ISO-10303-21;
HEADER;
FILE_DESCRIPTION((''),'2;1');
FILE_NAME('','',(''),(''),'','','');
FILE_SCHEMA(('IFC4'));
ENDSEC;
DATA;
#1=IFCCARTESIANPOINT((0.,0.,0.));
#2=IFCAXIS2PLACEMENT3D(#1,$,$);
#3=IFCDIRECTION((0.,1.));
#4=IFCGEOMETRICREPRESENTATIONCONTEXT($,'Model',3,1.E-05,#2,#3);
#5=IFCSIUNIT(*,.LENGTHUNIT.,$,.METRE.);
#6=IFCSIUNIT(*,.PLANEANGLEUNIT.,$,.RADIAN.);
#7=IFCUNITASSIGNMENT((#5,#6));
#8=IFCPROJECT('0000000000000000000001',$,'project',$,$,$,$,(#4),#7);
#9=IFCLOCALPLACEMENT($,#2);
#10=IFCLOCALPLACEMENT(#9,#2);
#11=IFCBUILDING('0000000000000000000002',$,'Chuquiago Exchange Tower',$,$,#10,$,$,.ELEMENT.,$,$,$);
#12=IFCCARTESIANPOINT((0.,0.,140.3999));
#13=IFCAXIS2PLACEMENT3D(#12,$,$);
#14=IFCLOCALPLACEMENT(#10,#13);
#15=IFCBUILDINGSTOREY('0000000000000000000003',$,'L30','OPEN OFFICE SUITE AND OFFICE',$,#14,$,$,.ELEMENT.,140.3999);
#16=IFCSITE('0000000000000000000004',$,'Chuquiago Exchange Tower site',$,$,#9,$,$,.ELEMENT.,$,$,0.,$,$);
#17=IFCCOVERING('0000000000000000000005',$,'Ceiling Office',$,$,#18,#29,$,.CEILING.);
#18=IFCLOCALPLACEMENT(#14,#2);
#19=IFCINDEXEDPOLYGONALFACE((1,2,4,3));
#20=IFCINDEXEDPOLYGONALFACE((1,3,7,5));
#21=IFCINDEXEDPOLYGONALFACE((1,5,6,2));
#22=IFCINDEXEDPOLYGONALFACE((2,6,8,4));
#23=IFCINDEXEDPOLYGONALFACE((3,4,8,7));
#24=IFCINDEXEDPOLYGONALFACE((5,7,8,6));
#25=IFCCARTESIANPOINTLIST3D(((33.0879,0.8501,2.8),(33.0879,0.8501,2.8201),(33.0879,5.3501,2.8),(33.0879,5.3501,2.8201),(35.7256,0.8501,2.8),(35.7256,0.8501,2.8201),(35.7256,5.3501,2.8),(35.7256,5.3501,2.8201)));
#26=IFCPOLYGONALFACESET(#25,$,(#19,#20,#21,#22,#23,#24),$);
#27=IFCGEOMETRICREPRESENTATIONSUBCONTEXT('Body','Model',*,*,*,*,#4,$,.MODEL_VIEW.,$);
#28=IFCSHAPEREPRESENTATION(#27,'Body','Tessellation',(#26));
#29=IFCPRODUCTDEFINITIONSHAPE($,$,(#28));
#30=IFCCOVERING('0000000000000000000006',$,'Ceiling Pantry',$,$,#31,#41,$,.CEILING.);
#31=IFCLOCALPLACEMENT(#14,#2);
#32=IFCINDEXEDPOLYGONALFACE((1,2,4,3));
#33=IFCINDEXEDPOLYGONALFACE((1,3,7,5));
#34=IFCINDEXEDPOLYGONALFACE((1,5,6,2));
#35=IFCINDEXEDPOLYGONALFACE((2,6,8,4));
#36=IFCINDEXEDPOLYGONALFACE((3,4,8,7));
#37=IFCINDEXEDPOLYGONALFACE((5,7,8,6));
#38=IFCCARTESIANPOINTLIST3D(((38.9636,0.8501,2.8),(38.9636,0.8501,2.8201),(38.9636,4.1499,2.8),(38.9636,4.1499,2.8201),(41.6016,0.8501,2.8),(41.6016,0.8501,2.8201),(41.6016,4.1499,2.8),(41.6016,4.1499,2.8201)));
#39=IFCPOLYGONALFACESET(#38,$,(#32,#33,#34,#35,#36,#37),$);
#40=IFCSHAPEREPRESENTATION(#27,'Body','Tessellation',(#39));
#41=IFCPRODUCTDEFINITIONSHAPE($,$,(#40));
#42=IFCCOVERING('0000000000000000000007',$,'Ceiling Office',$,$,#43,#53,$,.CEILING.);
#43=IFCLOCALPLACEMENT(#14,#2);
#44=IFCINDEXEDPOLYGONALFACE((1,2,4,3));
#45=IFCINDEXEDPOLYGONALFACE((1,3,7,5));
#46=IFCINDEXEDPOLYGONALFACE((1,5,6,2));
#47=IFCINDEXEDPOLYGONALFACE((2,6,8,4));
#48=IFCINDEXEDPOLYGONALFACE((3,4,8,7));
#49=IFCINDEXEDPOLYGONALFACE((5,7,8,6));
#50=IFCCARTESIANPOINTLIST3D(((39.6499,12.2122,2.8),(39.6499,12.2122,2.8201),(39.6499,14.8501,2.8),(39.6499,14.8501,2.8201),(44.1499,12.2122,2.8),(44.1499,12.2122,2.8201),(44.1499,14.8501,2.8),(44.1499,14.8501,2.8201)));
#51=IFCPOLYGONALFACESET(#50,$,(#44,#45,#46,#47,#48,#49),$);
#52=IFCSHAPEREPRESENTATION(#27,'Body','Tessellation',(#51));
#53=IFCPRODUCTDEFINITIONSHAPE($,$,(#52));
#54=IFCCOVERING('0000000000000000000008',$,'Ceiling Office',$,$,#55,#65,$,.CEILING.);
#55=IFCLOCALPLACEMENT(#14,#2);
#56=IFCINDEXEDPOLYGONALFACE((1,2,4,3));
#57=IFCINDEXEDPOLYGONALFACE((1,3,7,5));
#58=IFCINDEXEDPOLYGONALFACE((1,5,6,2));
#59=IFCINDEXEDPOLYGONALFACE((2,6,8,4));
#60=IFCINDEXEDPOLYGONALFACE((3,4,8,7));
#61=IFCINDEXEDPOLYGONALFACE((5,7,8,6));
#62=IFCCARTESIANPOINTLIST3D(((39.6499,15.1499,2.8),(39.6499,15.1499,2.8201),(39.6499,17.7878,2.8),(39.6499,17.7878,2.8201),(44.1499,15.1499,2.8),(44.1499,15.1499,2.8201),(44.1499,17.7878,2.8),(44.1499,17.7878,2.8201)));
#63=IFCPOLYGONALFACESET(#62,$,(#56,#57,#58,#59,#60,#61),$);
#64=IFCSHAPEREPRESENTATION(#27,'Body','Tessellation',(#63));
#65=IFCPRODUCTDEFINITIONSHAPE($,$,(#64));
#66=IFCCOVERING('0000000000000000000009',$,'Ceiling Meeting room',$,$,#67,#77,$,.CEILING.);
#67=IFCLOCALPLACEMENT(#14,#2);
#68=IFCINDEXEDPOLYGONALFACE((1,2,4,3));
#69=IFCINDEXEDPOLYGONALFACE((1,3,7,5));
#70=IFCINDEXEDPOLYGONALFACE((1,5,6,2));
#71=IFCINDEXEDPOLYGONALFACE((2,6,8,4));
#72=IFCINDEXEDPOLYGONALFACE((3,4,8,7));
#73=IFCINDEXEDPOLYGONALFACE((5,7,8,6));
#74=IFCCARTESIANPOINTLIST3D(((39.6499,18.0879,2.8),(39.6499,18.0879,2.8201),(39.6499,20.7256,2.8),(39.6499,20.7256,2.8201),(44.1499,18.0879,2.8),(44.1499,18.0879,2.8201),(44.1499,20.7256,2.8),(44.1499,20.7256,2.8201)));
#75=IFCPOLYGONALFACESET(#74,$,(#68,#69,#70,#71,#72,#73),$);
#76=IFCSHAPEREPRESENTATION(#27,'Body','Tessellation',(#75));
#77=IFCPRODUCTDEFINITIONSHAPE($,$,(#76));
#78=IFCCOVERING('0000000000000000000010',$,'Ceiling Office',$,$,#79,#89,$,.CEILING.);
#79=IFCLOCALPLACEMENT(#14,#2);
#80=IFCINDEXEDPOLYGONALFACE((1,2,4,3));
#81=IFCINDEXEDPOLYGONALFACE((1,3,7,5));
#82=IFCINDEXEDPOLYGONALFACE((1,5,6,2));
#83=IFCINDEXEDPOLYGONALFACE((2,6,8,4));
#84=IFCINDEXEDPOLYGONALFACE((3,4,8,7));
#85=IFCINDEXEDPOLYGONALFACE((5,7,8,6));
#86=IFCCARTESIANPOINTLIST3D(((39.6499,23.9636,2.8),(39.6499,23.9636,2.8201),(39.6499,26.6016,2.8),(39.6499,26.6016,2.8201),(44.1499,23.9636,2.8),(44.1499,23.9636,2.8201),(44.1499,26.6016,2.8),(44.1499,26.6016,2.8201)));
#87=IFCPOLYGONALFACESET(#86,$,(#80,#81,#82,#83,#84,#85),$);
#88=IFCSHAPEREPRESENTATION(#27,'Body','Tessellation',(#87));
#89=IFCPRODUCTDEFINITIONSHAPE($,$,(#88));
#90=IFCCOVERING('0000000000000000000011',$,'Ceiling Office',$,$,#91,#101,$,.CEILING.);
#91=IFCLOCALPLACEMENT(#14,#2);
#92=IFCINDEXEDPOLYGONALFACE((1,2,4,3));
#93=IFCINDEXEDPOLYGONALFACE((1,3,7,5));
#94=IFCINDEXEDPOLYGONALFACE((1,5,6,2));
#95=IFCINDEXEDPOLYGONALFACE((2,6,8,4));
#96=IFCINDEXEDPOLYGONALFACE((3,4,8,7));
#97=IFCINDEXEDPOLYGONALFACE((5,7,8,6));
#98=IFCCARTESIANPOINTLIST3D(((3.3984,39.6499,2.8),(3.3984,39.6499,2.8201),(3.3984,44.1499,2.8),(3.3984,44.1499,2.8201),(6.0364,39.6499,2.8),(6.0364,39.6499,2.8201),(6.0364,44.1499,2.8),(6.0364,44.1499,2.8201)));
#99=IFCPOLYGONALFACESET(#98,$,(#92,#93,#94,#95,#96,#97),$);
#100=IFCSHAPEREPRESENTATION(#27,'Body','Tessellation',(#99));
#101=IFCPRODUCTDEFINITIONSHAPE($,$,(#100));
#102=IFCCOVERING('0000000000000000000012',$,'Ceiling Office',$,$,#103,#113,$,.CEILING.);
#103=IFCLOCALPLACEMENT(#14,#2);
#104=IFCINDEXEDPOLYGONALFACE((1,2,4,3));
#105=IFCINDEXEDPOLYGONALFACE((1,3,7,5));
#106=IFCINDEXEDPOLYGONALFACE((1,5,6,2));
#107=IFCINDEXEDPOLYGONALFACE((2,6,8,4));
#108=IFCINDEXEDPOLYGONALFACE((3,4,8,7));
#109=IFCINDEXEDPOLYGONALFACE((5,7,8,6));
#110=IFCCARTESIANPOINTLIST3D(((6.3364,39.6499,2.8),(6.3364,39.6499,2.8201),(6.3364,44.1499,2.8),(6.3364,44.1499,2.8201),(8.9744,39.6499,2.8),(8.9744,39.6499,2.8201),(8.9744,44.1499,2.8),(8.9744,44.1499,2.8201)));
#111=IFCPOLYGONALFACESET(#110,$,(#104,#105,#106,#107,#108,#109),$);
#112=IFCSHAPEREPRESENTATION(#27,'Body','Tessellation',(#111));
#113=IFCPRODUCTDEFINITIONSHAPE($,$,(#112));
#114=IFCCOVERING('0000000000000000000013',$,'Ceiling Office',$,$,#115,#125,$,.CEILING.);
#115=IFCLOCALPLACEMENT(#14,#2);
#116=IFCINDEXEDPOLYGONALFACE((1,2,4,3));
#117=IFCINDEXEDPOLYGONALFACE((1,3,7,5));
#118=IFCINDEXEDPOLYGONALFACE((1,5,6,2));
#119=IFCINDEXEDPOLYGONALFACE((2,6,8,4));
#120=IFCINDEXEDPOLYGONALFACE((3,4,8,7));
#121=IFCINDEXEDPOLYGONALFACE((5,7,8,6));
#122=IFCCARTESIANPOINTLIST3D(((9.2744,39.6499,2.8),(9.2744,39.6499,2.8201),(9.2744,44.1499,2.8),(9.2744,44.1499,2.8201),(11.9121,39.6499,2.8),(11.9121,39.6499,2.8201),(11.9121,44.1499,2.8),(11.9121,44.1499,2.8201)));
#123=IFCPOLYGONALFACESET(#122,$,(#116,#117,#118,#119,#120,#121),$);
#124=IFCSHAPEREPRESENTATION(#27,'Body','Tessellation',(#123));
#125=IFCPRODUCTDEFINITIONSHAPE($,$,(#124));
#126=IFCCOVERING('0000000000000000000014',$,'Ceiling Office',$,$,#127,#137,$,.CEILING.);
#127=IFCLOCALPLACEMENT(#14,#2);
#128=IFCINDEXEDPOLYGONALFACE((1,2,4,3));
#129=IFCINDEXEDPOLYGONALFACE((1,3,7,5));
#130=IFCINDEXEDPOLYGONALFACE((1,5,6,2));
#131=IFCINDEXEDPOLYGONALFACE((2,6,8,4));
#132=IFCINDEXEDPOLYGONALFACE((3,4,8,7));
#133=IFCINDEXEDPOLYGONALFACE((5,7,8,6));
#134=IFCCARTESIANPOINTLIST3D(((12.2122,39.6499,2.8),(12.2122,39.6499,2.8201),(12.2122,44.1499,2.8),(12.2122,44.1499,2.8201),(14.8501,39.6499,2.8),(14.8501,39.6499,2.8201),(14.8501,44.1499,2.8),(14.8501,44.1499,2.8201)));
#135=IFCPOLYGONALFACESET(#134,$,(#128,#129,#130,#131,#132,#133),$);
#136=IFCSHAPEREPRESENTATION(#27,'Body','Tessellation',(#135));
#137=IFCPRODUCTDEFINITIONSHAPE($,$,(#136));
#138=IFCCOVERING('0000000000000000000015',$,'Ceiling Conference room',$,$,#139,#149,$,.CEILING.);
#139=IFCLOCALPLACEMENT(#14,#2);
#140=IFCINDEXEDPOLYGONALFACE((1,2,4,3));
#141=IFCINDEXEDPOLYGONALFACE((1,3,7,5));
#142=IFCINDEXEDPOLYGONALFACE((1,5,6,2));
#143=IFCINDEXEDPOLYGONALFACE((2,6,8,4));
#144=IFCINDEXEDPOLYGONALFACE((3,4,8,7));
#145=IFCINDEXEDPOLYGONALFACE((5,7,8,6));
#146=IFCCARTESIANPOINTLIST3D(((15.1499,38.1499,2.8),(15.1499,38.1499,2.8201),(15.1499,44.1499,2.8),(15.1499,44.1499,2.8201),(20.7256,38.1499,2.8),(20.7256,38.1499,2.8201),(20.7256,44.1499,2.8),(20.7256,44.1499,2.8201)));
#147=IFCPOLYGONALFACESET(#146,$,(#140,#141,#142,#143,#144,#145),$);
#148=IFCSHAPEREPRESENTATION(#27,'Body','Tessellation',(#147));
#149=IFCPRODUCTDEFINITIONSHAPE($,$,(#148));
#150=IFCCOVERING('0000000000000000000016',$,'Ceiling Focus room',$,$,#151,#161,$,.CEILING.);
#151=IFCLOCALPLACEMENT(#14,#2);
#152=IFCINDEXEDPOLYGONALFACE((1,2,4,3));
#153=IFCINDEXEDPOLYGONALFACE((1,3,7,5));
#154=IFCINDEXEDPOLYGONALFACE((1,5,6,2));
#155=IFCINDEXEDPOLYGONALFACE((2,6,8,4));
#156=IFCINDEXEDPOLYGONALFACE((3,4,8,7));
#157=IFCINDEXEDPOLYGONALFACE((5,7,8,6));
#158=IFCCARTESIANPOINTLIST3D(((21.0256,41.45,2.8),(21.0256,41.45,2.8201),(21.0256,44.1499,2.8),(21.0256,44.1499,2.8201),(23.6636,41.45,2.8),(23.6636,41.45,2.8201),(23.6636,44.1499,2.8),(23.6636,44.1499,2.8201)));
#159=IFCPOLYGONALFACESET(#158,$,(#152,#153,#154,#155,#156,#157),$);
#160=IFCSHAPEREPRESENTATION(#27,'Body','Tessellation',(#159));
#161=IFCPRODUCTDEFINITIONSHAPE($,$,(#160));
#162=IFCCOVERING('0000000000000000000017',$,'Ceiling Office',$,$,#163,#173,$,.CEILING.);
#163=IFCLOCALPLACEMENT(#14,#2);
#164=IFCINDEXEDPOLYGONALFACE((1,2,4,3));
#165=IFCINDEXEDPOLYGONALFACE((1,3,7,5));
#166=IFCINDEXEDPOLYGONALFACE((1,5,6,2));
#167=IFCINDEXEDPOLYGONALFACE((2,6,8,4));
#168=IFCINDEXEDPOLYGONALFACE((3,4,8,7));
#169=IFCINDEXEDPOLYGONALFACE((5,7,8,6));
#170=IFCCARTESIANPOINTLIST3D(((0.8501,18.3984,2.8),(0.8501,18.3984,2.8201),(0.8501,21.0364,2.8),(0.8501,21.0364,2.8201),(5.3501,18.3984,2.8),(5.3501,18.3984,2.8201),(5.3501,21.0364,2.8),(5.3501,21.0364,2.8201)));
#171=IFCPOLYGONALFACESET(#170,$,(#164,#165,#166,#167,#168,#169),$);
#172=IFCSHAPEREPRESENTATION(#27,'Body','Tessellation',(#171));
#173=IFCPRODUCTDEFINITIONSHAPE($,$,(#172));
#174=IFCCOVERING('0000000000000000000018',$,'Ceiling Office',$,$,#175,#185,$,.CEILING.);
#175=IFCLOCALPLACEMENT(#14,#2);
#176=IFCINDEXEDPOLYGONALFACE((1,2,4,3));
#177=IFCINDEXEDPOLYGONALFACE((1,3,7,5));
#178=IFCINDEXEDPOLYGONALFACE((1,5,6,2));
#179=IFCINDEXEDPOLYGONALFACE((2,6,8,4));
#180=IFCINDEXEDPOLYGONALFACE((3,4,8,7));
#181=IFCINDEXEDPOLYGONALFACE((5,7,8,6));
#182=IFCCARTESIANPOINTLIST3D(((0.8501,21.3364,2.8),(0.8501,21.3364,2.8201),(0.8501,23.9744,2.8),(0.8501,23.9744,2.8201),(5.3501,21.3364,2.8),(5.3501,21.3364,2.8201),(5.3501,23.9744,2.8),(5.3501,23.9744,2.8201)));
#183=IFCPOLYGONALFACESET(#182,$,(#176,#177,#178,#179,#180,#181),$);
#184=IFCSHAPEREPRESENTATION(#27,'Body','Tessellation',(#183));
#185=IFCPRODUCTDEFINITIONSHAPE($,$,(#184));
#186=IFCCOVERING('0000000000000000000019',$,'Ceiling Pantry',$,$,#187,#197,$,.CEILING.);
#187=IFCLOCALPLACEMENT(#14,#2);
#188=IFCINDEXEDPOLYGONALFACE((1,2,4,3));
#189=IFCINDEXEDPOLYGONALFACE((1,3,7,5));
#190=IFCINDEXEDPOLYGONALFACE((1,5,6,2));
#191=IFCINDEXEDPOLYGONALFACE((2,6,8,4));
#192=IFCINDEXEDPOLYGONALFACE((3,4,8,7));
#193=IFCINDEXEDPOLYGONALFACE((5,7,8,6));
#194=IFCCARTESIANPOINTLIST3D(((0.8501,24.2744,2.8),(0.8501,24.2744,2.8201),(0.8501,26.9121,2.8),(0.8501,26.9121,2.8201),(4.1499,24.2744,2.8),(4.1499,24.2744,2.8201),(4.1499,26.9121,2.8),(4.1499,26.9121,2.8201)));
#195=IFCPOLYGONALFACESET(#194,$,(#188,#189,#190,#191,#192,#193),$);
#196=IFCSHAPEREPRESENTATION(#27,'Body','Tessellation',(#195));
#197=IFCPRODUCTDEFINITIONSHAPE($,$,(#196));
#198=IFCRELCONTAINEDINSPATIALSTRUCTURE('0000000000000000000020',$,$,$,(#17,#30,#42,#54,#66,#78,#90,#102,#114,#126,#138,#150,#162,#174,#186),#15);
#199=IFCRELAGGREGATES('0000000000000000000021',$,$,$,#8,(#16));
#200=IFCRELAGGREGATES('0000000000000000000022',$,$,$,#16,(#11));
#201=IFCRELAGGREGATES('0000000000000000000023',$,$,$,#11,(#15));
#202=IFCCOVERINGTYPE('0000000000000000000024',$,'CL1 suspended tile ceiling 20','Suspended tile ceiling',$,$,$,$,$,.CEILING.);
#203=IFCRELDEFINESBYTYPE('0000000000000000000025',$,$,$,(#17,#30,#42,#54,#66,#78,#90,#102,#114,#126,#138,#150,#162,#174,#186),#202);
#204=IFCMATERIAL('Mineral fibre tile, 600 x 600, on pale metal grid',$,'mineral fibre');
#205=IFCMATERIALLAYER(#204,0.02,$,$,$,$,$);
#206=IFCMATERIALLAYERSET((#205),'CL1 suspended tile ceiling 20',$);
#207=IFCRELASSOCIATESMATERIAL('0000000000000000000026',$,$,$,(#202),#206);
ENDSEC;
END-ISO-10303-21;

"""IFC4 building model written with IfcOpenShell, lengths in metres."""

from ifc_helpers import new_model, si_unit, direction, frame, origin, place, context, subcontext, project, spatial, polyline, outline, extrude, material, layer, layer_set, type_object, element, save


model = new_model("IFC4")

# Units and contexts
model_context = context("Model", 3, precision=1e-05, world=origin(), true_north=direction((0.0, 1.0)))
body_context = subcontext(model_context, "Body", "Model", "MODEL_VIEW")
ifc_project = project(units=[si_unit("LENGTHUNIT", "METRE"), si_unit("PLANEANGLEUNIT", "RADIAN")], contexts=[model_context])

# Site, building, storey
site_placement = place(None, origin())
site = spatial("IfcSite", under=ifc_project, at=site_placement, Name="Chuquiago Exchange Tower site", CompositionType="ELEMENT", RefElevation=0.0)
building_placement = place(site_placement, origin())
building = spatial("IfcBuilding", under=site, at=building_placement, Name="Chuquiago Exchange Tower", CompositionType="ELEMENT")
storey_placement = place(building_placement, frame((0.0, 0.0, 140.3999)))
storey = spatial("IfcBuildingStorey", under=building, at=storey_placement, Name="L30", Description="OPEN OFFICE SUITE AND OFFICE", CompositionType="ELEMENT", Elevation=140.3999)

# Coverings
ifc_material_1 = material(Name="Mineral fibre tile, 600 x 600, on pale metal grid", Category="mineral fibre")
ifc_layer_1 = layer(ifc_material_1, 0.02)
ifc_layer_set_1 = layer_set([ifc_layer_1], Name="CL1 suspended tile ceiling 20")
covering_type_1 = type_object("IfcCoveringType", Name="CL1 suspended tile ceiling 20", Description="Suspended tile ceiling", PredefinedType="CEILING", material=ifc_layer_set_1)
covering_1_placement = place(storey_placement, frame((0.0, 0.0, 2.8)))
element("IfcCovering", 1, at=covering_1_placement, inside=storey, type_object=covering_type_1, Name="Ceiling Office", PredefinedType="CEILING", context=body_context, shape_type="SweptSolid", body=[
    extrude(outline(polyline([(33.0879, 5.3501), (35.7256, 5.3501), (35.7256, 0.8501), (33.0879, 0.8501), (33.0879, 5.3501)])), origin(), (0.0, 0.0, 1.0), 0.02),
])
covering_2_placement = place(storey_placement, frame((0.0, 0.0, 2.8)))
element("IfcCovering", 2, at=covering_2_placement, inside=storey, type_object=covering_type_1, Name="Ceiling Pantry", PredefinedType="CEILING", context=body_context, shape_type="SweptSolid", body=[
    extrude(outline(polyline([(38.9636, 0.8501), (38.9636, 4.1499), (41.6016, 4.1499), (41.6016, 0.8501), (38.9636, 0.8501)])), origin(), (0.0, 0.0, 1.0), 0.02),
])
covering_3_placement = place(storey_placement, frame((0.0, 0.0, 2.8)))
element("IfcCovering", 3, at=covering_3_placement, inside=storey, type_object=covering_type_1, Name="Ceiling Office", PredefinedType="CEILING", context=body_context, shape_type="SweptSolid", body=[
    extrude(outline(polyline([(39.6499, 12.2122), (39.6499, 14.8501), (44.1499, 14.8501), (44.1499, 12.2122), (39.6499, 12.2122)])), origin(), (0.0, 0.0, 1.0), 0.02),
])
covering_4_placement = place(storey_placement, frame((0.0, 0.0, 2.8)))
element("IfcCovering", 4, at=covering_4_placement, inside=storey, type_object=covering_type_1, Name="Ceiling Office", PredefinedType="CEILING", context=body_context, shape_type="SweptSolid", body=[
    extrude(outline(polyline([(39.6499, 15.1499), (39.6499, 17.7878), (44.1499, 17.7878), (44.1499, 15.1499), (39.6499, 15.1499)])), origin(), (0.0, 0.0, 1.0), 0.02),
])
covering_5_placement = place(storey_placement, frame((0.0, 0.0, 2.8)))
element("IfcCovering", 5, at=covering_5_placement, inside=storey, type_object=covering_type_1, Name="Ceiling Meeting room", PredefinedType="CEILING", context=body_context, shape_type="SweptSolid", body=[
    extrude(outline(polyline([(39.6499, 18.0879), (39.6499, 20.7256), (44.1499, 20.7256), (44.1499, 18.0879), (39.6499, 18.0879)])), origin(), (0.0, 0.0, 1.0), 0.02),
])
covering_6_placement = place(storey_placement, frame((0.0, 0.0, 2.8)))
element("IfcCovering", 6, at=covering_6_placement, inside=storey, type_object=covering_type_1, Name="Ceiling Office", PredefinedType="CEILING", context=body_context, shape_type="SweptSolid", body=[
    extrude(outline(polyline([(44.1499, 23.9636), (39.6499, 23.9636), (39.6499, 26.6016), (44.1499, 26.6016), (44.1499, 23.9636)])), origin(), (0.0, 0.0, 1.0), 0.02),
])
covering_7_placement = place(storey_placement, frame((0.0, 0.0, 2.8)))
element("IfcCovering", 7, at=covering_7_placement, inside=storey, type_object=covering_type_1, Name="Ceiling Office", PredefinedType="CEILING", context=body_context, shape_type="SweptSolid", body=[
    extrude(outline(polyline([(6.0364, 44.1499), (6.0364, 39.6499), (3.3984, 39.6499), (3.3984, 44.1499), (6.0364, 44.1499)])), origin(), (0.0, 0.0, 1.0), 0.02),
])
covering_8_placement = place(storey_placement, frame((0.0, 0.0, 2.8)))
element("IfcCovering", 8, at=covering_8_placement, inside=storey, type_object=covering_type_1, Name="Ceiling Office", PredefinedType="CEILING", context=body_context, shape_type="SweptSolid", body=[
    extrude(outline(polyline([(8.9744, 39.6499), (6.3364, 39.6499), (6.3364, 44.1499), (8.9744, 44.1499), (8.9744, 39.6499)])), origin(), (0.0, 0.0, 1.0), 0.02),
])
covering_9_placement = place(storey_placement, frame((0.0, 0.0, 2.8)))
element("IfcCovering", 9, at=covering_9_placement, inside=storey, type_object=covering_type_1, Name="Ceiling Office", PredefinedType="CEILING", context=body_context, shape_type="SweptSolid", body=[
    extrude(outline(polyline([(11.9121, 39.6499), (9.2744, 39.6499), (9.2744, 44.1499), (11.9121, 44.1499), (11.9121, 39.6499)])), origin(), (0.0, 0.0, 1.0), 0.02),
])
covering_10_placement = place(storey_placement, frame((0.0, 0.0, 2.8)))
element("IfcCovering", 10, at=covering_10_placement, inside=storey, type_object=covering_type_1, Name="Ceiling Office", PredefinedType="CEILING", context=body_context, shape_type="SweptSolid", body=[
    extrude(outline(polyline([(14.8501, 39.6499), (12.2122, 39.6499), (12.2122, 44.1499), (14.8501, 44.1499), (14.8501, 39.6499)])), origin(), (0.0, 0.0, 1.0), 0.02),
])
covering_11_placement = place(storey_placement, frame((0.0, 0.0, 2.8)))
element("IfcCovering", 11, at=covering_11_placement, inside=storey, type_object=covering_type_1, Name="Ceiling Conference room", PredefinedType="CEILING", context=body_context, shape_type="SweptSolid", body=[
    extrude(outline(polyline([(20.7256, 38.1499), (15.1499, 38.1499), (15.1499, 44.1499), (20.7256, 44.1499), (20.7256, 38.1499)])), origin(), (0.0, 0.0, 1.0), 0.02),
])
covering_12_placement = place(storey_placement, frame((0.0, 0.0, 2.8)))
element("IfcCovering", 12, at=covering_12_placement, inside=storey, type_object=covering_type_1, Name="Ceiling Focus room", PredefinedType="CEILING", context=body_context, shape_type="SweptSolid", body=[
    extrude(outline(polyline([(23.6636, 41.45), (21.0256, 41.45), (21.0256, 44.1499), (23.6636, 44.1499), (23.6636, 41.45)])), origin(), (0.0, 0.0, 1.0), 0.02),
])
covering_13_placement = place(storey_placement, frame((0.0, 0.0, 2.8)))
element("IfcCovering", 13, at=covering_13_placement, inside=storey, type_object=covering_type_1, Name="Ceiling Office", PredefinedType="CEILING", context=body_context, shape_type="SweptSolid", body=[
    extrude(outline(polyline([(0.8501, 21.0364), (5.3501, 21.0364), (5.3501, 18.3984), (0.8501, 18.3984), (0.8501, 21.0364)])), origin(), (0.0, 0.0, 1.0), 0.02),
])
covering_14_placement = place(storey_placement, frame((0.0, 0.0, 2.8)))
element("IfcCovering", 14, at=covering_14_placement, inside=storey, type_object=covering_type_1, Name="Ceiling Office", PredefinedType="CEILING", context=body_context, shape_type="SweptSolid", body=[
    extrude(outline(polyline([(5.3501, 23.9744), (5.3501, 21.3364), (0.8501, 21.3364), (0.8501, 23.9744), (5.3501, 23.9744)])), origin(), (0.0, 0.0, 1.0), 0.02),
])
covering_15_placement = place(storey_placement, frame((0.0, 0.0, 2.8)))
element("IfcCovering", 15, at=covering_15_placement, inside=storey, type_object=covering_type_1, Name="Ceiling Pantry", PredefinedType="CEILING", context=body_context, shape_type="SweptSolid", body=[
    extrude(outline(polyline([(4.1499, 26.9121), (4.1499, 24.2744), (0.8501, 24.2744), (0.8501, 26.9121), (4.1499, 26.9121)])), origin(), (0.0, 0.0, 1.0), 0.02),
])

save(model, "model.ifc")
